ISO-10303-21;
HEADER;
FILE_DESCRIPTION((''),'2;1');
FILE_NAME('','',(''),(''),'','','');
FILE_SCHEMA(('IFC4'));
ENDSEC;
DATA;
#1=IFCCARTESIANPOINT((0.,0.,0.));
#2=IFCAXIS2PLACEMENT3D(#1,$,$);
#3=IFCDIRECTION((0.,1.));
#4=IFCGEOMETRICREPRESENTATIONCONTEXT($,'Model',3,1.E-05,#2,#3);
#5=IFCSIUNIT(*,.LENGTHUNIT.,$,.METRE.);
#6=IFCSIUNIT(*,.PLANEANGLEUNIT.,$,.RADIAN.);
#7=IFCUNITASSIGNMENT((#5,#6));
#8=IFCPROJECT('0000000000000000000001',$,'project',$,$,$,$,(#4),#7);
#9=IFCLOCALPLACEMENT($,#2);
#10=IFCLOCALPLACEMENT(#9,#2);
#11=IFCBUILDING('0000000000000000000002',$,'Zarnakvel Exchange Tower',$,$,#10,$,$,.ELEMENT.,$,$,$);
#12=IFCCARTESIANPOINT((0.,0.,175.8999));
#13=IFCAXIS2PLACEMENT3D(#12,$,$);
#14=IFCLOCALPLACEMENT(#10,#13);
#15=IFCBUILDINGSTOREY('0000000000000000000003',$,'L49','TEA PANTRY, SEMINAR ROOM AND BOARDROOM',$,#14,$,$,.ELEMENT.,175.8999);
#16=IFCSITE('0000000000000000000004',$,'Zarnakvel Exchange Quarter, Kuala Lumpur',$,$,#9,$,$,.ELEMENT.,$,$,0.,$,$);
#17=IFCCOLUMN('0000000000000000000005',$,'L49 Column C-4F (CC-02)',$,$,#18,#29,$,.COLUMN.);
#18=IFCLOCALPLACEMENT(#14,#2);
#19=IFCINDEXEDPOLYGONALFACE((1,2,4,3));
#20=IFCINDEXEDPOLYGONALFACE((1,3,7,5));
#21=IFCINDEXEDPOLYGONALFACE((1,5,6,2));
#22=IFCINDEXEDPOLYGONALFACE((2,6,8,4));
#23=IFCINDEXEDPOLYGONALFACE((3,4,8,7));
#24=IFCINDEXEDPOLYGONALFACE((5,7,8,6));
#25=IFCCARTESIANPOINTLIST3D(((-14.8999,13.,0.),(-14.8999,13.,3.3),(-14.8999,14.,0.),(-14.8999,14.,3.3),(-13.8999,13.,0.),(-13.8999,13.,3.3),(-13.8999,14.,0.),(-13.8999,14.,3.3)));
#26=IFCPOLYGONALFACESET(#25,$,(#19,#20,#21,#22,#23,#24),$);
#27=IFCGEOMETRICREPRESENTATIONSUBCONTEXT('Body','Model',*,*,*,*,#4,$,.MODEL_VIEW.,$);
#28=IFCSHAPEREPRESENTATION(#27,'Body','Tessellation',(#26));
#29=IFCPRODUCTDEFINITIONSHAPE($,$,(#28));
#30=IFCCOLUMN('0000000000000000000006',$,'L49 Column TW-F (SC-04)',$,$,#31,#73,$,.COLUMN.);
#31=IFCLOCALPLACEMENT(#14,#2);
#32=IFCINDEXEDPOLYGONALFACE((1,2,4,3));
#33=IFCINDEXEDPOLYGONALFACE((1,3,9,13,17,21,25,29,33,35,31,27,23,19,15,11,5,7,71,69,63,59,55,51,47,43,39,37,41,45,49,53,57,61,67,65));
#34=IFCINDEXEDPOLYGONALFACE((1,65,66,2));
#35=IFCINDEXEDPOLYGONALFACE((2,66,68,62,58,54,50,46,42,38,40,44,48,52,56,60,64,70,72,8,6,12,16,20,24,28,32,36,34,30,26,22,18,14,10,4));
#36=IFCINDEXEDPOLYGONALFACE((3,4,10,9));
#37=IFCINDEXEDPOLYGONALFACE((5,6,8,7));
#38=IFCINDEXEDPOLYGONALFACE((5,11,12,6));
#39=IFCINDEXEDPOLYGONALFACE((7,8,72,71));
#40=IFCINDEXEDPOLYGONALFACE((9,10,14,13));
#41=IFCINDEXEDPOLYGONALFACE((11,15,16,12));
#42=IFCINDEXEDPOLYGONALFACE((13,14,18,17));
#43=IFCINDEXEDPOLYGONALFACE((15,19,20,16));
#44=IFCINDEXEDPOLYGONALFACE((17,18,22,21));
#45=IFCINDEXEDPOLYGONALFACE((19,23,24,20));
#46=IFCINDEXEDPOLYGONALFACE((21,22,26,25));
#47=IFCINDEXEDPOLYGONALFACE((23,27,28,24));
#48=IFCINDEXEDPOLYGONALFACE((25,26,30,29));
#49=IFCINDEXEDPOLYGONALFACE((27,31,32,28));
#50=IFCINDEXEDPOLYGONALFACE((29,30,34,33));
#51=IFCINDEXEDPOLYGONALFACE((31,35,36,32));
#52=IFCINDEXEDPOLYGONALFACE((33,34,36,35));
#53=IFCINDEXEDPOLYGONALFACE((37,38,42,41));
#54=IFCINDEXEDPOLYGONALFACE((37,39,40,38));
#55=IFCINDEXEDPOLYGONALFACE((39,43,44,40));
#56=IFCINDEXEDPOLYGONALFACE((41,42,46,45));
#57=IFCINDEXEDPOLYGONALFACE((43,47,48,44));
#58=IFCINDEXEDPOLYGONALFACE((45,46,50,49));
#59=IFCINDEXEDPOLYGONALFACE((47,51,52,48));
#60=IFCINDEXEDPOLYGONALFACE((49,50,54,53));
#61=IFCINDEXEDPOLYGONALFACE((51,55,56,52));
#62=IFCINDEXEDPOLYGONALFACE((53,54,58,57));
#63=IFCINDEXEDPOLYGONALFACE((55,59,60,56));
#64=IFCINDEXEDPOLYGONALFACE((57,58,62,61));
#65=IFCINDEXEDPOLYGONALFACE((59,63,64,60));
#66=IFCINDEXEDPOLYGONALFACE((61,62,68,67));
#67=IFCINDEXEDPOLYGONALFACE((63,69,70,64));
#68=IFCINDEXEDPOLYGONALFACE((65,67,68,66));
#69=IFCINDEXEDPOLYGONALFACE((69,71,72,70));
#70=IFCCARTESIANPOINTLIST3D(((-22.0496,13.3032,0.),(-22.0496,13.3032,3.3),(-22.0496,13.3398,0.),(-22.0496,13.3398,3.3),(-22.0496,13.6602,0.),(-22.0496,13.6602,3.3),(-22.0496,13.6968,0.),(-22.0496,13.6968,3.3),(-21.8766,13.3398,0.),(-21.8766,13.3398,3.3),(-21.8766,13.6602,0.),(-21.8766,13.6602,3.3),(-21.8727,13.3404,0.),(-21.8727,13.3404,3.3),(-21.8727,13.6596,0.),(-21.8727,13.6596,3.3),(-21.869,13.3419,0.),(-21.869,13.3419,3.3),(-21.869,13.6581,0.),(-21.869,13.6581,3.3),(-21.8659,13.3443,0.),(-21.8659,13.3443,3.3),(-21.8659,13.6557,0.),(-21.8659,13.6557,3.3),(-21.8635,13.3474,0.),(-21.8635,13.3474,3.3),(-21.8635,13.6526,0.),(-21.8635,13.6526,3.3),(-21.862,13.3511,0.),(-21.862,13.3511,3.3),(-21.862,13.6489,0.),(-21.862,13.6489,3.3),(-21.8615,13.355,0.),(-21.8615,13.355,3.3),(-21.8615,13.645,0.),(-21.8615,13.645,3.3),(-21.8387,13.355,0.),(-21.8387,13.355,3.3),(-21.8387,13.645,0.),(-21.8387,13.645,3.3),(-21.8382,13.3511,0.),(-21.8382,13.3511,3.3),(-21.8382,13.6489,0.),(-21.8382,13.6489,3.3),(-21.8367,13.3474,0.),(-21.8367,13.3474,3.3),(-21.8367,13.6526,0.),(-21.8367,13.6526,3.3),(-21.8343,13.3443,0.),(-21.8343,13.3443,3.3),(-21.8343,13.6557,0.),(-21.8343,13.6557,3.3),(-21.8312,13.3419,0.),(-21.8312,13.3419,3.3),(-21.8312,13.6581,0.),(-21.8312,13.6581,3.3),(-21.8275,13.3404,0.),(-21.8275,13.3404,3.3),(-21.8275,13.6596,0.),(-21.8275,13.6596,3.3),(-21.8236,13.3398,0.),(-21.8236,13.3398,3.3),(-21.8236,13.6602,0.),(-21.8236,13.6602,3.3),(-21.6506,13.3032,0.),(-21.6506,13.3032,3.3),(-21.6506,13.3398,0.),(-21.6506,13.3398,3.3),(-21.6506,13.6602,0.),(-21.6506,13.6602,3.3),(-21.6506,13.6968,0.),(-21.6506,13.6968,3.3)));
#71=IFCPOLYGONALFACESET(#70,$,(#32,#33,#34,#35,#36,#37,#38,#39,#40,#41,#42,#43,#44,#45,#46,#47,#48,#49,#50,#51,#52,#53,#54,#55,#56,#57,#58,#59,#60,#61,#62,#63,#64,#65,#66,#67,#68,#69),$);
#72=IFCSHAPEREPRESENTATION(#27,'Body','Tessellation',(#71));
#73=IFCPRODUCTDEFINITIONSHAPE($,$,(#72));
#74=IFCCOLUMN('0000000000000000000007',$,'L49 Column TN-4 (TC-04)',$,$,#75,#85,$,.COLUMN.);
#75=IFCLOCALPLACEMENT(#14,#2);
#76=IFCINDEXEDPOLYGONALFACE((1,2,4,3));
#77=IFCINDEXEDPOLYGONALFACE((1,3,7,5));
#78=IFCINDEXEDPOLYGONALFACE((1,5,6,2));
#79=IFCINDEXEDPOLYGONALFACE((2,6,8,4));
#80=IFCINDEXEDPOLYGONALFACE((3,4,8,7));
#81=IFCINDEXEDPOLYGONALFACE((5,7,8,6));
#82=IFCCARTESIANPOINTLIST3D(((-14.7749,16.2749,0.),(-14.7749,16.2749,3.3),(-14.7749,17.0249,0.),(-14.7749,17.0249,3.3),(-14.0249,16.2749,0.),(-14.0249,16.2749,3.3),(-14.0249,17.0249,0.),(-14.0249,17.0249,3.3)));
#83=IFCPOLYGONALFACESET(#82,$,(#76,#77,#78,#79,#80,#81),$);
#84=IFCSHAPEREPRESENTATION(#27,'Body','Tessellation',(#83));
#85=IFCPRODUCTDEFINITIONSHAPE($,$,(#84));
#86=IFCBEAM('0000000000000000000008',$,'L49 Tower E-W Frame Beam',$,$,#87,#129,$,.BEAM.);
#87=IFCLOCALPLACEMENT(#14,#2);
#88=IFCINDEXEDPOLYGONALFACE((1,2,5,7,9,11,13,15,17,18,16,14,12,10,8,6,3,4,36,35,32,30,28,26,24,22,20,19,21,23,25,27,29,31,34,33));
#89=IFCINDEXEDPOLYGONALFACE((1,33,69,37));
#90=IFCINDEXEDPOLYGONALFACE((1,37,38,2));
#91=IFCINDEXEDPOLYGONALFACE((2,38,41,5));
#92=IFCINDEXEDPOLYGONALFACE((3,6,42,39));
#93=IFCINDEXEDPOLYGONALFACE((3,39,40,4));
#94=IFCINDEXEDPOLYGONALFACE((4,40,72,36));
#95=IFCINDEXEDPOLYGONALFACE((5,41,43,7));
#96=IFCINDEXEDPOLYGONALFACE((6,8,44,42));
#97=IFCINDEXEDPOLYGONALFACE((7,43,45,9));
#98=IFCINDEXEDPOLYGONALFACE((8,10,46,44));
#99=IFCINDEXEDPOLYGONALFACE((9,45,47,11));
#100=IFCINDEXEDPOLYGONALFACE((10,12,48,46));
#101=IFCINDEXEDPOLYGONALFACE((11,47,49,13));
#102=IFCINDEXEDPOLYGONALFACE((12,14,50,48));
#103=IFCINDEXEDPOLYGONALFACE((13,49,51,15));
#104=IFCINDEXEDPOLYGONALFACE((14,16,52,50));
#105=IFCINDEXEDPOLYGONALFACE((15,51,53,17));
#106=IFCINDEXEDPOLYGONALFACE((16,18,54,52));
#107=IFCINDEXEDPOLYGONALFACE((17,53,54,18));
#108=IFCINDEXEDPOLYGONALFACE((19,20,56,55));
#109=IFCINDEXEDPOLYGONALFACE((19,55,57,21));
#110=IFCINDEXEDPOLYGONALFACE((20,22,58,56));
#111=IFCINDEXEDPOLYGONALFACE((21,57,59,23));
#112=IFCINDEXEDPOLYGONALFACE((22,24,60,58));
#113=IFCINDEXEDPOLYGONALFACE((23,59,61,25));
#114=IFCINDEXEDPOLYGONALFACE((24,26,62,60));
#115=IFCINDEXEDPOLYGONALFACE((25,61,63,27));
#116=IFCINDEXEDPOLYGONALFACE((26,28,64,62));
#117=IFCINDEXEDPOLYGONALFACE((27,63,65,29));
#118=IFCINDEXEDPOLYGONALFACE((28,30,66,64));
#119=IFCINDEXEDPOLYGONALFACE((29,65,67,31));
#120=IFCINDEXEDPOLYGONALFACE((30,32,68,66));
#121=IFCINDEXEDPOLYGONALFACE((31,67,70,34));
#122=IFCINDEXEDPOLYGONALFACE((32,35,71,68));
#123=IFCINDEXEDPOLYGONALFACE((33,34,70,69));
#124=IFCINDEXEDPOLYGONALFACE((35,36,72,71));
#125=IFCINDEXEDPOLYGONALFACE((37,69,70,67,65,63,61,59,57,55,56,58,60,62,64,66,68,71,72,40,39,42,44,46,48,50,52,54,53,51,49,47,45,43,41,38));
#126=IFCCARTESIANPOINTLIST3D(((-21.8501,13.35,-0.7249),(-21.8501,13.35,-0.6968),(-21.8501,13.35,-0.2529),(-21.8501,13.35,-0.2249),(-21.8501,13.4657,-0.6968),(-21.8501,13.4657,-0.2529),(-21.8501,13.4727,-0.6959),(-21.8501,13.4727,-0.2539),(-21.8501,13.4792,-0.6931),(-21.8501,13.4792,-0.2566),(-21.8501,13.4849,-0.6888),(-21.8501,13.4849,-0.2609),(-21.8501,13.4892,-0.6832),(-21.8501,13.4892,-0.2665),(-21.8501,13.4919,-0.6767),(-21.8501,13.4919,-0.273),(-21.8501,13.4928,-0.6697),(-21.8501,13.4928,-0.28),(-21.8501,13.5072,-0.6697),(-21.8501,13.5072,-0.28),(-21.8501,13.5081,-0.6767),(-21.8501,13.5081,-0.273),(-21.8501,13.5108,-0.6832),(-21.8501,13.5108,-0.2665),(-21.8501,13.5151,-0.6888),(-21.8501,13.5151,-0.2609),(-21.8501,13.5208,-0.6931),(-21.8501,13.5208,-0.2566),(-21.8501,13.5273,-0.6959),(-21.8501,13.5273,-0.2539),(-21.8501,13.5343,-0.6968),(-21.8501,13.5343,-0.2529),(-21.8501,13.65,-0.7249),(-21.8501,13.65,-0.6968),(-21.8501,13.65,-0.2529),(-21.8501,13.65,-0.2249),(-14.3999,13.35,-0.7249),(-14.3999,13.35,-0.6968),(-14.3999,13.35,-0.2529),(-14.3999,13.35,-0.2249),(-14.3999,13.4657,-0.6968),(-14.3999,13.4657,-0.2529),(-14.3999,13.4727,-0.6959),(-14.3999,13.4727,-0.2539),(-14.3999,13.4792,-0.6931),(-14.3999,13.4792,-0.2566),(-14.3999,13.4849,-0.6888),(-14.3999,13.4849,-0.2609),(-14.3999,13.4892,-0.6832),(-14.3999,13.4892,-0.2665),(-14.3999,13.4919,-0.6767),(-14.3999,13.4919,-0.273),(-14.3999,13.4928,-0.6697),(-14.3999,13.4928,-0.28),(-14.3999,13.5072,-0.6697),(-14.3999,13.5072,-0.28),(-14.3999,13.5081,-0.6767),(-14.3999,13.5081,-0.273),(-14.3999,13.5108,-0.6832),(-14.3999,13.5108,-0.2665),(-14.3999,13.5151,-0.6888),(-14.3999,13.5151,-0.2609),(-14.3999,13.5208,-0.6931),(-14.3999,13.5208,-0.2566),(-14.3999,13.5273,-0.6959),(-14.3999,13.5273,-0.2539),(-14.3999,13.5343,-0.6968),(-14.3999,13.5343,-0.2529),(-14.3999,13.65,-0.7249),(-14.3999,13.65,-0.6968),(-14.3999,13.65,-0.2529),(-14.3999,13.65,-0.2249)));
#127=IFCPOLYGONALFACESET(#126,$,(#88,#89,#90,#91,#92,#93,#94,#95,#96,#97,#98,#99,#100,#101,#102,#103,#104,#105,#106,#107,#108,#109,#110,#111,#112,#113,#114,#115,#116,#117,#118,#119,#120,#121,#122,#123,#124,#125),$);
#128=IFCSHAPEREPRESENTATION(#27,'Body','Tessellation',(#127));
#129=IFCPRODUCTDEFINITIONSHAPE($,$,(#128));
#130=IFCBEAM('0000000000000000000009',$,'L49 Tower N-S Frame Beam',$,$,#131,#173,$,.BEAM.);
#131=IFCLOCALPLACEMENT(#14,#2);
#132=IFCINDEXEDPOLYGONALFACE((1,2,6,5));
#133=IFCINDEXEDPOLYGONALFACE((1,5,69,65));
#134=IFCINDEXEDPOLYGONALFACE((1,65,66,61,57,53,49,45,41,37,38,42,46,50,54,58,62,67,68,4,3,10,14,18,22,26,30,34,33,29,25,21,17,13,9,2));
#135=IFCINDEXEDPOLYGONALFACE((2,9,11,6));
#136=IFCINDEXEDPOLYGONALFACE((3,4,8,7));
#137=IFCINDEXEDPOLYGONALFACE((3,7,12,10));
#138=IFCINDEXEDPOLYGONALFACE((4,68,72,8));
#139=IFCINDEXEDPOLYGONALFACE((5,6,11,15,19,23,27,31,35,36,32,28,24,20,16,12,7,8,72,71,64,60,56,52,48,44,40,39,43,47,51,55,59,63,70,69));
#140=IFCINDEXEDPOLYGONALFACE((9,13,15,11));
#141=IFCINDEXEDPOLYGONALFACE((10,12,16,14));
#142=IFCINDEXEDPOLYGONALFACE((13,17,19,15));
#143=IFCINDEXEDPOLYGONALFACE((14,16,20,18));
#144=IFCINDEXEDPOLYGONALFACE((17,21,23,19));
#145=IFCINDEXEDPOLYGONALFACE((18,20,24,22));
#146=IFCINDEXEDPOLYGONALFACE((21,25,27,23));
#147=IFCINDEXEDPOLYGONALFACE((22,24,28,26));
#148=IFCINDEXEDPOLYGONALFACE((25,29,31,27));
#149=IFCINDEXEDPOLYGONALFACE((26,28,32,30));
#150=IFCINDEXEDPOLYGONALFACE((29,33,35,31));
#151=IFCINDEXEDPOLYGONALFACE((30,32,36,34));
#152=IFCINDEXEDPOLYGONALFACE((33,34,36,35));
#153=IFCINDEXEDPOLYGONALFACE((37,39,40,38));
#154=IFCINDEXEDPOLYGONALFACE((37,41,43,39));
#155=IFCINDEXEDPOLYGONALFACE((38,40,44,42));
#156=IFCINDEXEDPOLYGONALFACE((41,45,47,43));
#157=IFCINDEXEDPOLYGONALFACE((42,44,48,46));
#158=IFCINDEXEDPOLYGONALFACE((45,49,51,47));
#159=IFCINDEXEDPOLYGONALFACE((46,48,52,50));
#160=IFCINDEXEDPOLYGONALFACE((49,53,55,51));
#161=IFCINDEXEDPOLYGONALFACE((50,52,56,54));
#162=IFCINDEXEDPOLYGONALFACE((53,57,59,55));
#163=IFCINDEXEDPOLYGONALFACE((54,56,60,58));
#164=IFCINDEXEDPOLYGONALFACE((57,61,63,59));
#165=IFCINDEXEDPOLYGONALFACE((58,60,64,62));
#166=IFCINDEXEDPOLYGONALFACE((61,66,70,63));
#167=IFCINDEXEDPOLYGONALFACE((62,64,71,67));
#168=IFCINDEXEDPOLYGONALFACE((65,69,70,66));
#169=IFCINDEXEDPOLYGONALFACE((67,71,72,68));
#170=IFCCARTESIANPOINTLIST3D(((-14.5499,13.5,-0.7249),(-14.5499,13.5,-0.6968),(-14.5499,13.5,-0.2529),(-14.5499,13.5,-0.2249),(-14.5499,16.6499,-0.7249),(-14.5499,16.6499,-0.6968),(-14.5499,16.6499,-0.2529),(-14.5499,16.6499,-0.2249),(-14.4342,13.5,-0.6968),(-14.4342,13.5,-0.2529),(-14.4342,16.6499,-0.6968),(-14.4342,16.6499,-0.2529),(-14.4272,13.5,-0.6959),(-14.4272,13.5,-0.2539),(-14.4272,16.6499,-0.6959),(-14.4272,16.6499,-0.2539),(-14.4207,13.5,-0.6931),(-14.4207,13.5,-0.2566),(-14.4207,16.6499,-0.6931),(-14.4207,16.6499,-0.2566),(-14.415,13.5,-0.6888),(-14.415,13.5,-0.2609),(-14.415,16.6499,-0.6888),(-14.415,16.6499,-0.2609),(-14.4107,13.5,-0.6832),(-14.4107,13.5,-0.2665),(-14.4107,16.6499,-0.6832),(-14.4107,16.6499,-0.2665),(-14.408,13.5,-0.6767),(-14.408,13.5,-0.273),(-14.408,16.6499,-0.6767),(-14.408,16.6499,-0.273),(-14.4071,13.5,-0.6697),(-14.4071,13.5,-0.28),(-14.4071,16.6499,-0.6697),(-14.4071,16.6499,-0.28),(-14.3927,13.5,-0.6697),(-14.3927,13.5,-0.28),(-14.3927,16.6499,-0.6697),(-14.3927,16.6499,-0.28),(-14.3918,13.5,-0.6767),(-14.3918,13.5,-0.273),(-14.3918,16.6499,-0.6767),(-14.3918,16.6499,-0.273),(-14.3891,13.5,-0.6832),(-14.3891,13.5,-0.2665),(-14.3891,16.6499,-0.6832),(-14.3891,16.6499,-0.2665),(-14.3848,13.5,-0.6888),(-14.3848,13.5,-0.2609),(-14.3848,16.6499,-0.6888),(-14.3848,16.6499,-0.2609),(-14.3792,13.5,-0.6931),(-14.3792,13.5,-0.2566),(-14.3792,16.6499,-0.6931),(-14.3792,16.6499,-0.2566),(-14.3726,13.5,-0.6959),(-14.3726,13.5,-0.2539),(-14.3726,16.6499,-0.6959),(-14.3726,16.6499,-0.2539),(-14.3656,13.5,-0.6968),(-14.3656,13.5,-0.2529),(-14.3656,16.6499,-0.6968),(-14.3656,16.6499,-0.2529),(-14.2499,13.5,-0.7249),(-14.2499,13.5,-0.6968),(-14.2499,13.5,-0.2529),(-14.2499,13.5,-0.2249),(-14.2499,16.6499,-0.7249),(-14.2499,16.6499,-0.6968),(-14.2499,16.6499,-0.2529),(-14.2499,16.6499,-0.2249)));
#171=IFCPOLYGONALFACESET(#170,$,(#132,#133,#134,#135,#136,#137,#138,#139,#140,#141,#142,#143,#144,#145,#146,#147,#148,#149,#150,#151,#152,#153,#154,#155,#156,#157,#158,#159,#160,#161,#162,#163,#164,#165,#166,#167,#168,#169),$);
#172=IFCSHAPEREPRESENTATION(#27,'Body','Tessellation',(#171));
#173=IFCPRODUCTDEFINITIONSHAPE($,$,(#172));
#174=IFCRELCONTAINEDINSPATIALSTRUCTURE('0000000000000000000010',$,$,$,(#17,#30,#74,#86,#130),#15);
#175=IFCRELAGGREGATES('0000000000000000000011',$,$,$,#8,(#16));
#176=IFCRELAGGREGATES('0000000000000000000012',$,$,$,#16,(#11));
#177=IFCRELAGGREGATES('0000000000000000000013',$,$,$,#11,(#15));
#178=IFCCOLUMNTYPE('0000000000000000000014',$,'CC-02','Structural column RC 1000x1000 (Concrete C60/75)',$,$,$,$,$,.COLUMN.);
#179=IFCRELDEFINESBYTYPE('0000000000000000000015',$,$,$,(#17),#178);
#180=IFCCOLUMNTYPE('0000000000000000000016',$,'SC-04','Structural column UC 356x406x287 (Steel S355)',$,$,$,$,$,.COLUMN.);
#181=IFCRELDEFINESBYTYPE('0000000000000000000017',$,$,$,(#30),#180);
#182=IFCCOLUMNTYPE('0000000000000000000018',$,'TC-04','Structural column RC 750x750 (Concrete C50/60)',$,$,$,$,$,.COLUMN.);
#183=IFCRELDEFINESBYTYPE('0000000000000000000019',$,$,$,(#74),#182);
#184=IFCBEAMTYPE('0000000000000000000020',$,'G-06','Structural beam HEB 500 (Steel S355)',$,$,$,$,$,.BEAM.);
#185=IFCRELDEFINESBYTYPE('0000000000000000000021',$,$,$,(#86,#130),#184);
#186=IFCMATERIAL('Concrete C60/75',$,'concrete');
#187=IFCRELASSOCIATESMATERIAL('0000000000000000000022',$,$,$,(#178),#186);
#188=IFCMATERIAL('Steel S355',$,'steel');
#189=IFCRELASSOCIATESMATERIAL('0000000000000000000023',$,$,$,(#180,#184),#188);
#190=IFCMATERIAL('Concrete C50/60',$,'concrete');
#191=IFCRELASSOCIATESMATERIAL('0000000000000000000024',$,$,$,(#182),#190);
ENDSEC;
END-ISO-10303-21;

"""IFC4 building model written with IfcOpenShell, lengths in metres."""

from ifc_helpers import new_model, si_unit, direction, frame, origin, origin_2d, place, context, subcontext, project, spatial, rectangle, i_section, extrude, material, material_profile, profile_set, type_object, element, save


model = new_model("IFC4")

# Units and contexts
model_context = context("Model", 3, precision=1e-05, world=origin(), true_north=direction((0.0, 1.0)))
body_context = subcontext(model_context, "Body", "Model", "MODEL_VIEW")
ifc_project = project(units=[si_unit("LENGTHUNIT", "METRE"), si_unit("PLANEANGLEUNIT", "RADIAN")], contexts=[model_context])

# Site, building, storey
site_placement = place(None, origin())
site = spatial("IfcSite", under=ifc_project, at=site_placement, Name="Zarnakvel Exchange Quarter, Kuala Lumpur", CompositionType="ELEMENT", RefElevation=0.0)
building_placement = place(site_placement, origin())
building = spatial("IfcBuilding", under=site, at=building_placement, Name="Zarnakvel Exchange Tower", CompositionType="ELEMENT")
storey_placement = place(building_placement, frame((0.0, 0.0, 175.8999)))
storey = spatial("IfcBuildingStorey", under=building, at=storey_placement, Name="L49", Description="TEA PANTRY, SEMINAR ROOM AND BOARDROOM", CompositionType="ELEMENT", Elevation=175.8999)

# Columns
ifc_material_1 = material(Name="Concrete C60/75", Category="concrete")
ifc_material_profile_1 = material_profile(ifc_material_1, rectangle(XDim=1.0, YDim=1.0, at=origin_2d()))
ifc_profile_set_1 = profile_set([ifc_material_profile_1], Name="Concrete C60/75")
column_type_1 = type_object("IfcColumnType", Name="CC-02", Description="Structural column RC 1000x1000 (Concrete C60/75)", PredefinedType="COLUMN", material=ifc_profile_set_1)
column_1_placement = place(storey_placement, frame((-14.3999, 13.5, 0.0), z_axis=(0.0, 0.0, 1.0), x_axis=(1.0, 0.0, 0.0)))
element("IfcColumn", 1, at=column_1_placement, inside=storey, type_object=column_type_1, Name="L49 Column C-4F (CC-02)", PredefinedType="COLUMN", context=body_context, shape_type="SweptSolid", body=[
    extrude(rectangle(XDim=1.0, YDim=1.0, at=origin_2d()), origin(), (0.0, 0.0, 1.0), 3.3),
])
ifc_material_2 = material(Name="Steel S355", Category="steel")
ifc_material_profile_2 = material_profile(ifc_material_2, i_section(OverallWidth=0.3989, OverallDepth=0.3936, WebThickness=0.0227, FlangeThickness=0.0366, FilletRadius=0.0151, at=origin_2d()))
ifc_profile_set_2 = profile_set([ifc_material_profile_2], Name="Steel S355")
column_type_2 = type_object("IfcColumnType", Name="SC-04", Description="Structural column UC 356x406x287 (Steel S355)", PredefinedType="COLUMN", material=ifc_profile_set_2)
column_2_placement = place(storey_placement, frame((-21.8501, 13.5, 0.0), z_axis=(0.0, 0.0, 1.0), x_axis=(1.0, 0.0, 0.0)))
element("IfcColumn", 2, at=column_2_placement, inside=storey, type_object=column_type_2, Name="L49 Column TW-F (SC-04)", PredefinedType="COLUMN", context=body_context, shape_type="SweptSolid", body=[
    extrude(i_section(OverallWidth=0.3989, OverallDepth=0.3936, WebThickness=0.0227, FlangeThickness=0.0366, FilletRadius=0.0151, at=origin_2d()), origin(), (0.0, 0.0, 1.0), 3.3),
])
ifc_material_3 = material(Name="Concrete C50/60", Category="concrete")
ifc_material_profile_3 = material_profile(ifc_material_3, rectangle(XDim=0.75, YDim=0.75, at=origin_2d()))
ifc_profile_set_3 = profile_set([ifc_material_profile_3], Name="Concrete C50/60")
column_type_3 = type_object("IfcColumnType", Name="TC-04", Description="Structural column RC 750x750 (Concrete C50/60)", PredefinedType="COLUMN", material=ifc_profile_set_3)
column_3_placement = place(storey_placement, frame((-14.3999, 16.6499, 0.0), z_axis=(0.0, 0.0, 1.0), x_axis=(1.0, 0.0, 0.0)))
element("IfcColumn", 3, at=column_3_placement, inside=storey, type_object=column_type_3, Name="L49 Column TN-4 (TC-04)", PredefinedType="COLUMN", context=body_context, shape_type="SweptSolid", body=[
    extrude(rectangle(XDim=0.75, YDim=0.75, at=origin_2d()), origin(), (0.0, 0.0, 1.0), 3.3),
])

# Beams
ifc_material_profile_4 = material_profile(ifc_material_2, i_section(OverallWidth=0.3, OverallDepth=0.5, WebThickness=0.0144, FlangeThickness=0.0281, FilletRadius=0.0271, at=origin_2d()))
ifc_profile_set_4 = profile_set([ifc_material_profile_4], Name="Steel S355")
beam_type_1 = type_object("IfcBeamType", Name="G-06", Description="Structural beam HEB 500 (Steel S355)", PredefinedType="BEAM", material=ifc_profile_set_4)
beam_1_placement = place(storey_placement, frame((-21.8501, 13.5, -0.4749), z_axis=(1.0, 0.0, 0.0), x_axis=(0.0, 1.0, 0.0)))
element("IfcBeam", 4, at=beam_1_placement, inside=storey, type_object=beam_type_1, Name="L49 Tower E-W Frame Beam", PredefinedType="BEAM", context=body_context, shape_type="SweptSolid", body=[
    extrude(i_section(OverallWidth=0.3, OverallDepth=0.5, WebThickness=0.0144, FlangeThickness=0.0281, FilletRadius=0.0271, at=origin_2d()), origin(), (0.0, 0.0, 1.0), 7.4502),
])
beam_2_placement = place(storey_placement, frame((-14.3999, 13.5, -0.4749), z_axis=(0.0, 1.0, 0.0), x_axis=(-1.0, 0.0, 0.0)))
element("IfcBeam", 5, at=beam_2_placement, inside=storey, type_object=beam_type_1, Name="L49 Tower N-S Frame Beam", PredefinedType="BEAM", context=body_context, shape_type="SweptSolid", body=[
    extrude(i_section(OverallWidth=0.3, OverallDepth=0.5, WebThickness=0.0144, FlangeThickness=0.0281, FilletRadius=0.0271, at=origin_2d()), origin(), (0.0, 0.0, 1.0), 3.1499),
])

save(model, "model.ifc")
